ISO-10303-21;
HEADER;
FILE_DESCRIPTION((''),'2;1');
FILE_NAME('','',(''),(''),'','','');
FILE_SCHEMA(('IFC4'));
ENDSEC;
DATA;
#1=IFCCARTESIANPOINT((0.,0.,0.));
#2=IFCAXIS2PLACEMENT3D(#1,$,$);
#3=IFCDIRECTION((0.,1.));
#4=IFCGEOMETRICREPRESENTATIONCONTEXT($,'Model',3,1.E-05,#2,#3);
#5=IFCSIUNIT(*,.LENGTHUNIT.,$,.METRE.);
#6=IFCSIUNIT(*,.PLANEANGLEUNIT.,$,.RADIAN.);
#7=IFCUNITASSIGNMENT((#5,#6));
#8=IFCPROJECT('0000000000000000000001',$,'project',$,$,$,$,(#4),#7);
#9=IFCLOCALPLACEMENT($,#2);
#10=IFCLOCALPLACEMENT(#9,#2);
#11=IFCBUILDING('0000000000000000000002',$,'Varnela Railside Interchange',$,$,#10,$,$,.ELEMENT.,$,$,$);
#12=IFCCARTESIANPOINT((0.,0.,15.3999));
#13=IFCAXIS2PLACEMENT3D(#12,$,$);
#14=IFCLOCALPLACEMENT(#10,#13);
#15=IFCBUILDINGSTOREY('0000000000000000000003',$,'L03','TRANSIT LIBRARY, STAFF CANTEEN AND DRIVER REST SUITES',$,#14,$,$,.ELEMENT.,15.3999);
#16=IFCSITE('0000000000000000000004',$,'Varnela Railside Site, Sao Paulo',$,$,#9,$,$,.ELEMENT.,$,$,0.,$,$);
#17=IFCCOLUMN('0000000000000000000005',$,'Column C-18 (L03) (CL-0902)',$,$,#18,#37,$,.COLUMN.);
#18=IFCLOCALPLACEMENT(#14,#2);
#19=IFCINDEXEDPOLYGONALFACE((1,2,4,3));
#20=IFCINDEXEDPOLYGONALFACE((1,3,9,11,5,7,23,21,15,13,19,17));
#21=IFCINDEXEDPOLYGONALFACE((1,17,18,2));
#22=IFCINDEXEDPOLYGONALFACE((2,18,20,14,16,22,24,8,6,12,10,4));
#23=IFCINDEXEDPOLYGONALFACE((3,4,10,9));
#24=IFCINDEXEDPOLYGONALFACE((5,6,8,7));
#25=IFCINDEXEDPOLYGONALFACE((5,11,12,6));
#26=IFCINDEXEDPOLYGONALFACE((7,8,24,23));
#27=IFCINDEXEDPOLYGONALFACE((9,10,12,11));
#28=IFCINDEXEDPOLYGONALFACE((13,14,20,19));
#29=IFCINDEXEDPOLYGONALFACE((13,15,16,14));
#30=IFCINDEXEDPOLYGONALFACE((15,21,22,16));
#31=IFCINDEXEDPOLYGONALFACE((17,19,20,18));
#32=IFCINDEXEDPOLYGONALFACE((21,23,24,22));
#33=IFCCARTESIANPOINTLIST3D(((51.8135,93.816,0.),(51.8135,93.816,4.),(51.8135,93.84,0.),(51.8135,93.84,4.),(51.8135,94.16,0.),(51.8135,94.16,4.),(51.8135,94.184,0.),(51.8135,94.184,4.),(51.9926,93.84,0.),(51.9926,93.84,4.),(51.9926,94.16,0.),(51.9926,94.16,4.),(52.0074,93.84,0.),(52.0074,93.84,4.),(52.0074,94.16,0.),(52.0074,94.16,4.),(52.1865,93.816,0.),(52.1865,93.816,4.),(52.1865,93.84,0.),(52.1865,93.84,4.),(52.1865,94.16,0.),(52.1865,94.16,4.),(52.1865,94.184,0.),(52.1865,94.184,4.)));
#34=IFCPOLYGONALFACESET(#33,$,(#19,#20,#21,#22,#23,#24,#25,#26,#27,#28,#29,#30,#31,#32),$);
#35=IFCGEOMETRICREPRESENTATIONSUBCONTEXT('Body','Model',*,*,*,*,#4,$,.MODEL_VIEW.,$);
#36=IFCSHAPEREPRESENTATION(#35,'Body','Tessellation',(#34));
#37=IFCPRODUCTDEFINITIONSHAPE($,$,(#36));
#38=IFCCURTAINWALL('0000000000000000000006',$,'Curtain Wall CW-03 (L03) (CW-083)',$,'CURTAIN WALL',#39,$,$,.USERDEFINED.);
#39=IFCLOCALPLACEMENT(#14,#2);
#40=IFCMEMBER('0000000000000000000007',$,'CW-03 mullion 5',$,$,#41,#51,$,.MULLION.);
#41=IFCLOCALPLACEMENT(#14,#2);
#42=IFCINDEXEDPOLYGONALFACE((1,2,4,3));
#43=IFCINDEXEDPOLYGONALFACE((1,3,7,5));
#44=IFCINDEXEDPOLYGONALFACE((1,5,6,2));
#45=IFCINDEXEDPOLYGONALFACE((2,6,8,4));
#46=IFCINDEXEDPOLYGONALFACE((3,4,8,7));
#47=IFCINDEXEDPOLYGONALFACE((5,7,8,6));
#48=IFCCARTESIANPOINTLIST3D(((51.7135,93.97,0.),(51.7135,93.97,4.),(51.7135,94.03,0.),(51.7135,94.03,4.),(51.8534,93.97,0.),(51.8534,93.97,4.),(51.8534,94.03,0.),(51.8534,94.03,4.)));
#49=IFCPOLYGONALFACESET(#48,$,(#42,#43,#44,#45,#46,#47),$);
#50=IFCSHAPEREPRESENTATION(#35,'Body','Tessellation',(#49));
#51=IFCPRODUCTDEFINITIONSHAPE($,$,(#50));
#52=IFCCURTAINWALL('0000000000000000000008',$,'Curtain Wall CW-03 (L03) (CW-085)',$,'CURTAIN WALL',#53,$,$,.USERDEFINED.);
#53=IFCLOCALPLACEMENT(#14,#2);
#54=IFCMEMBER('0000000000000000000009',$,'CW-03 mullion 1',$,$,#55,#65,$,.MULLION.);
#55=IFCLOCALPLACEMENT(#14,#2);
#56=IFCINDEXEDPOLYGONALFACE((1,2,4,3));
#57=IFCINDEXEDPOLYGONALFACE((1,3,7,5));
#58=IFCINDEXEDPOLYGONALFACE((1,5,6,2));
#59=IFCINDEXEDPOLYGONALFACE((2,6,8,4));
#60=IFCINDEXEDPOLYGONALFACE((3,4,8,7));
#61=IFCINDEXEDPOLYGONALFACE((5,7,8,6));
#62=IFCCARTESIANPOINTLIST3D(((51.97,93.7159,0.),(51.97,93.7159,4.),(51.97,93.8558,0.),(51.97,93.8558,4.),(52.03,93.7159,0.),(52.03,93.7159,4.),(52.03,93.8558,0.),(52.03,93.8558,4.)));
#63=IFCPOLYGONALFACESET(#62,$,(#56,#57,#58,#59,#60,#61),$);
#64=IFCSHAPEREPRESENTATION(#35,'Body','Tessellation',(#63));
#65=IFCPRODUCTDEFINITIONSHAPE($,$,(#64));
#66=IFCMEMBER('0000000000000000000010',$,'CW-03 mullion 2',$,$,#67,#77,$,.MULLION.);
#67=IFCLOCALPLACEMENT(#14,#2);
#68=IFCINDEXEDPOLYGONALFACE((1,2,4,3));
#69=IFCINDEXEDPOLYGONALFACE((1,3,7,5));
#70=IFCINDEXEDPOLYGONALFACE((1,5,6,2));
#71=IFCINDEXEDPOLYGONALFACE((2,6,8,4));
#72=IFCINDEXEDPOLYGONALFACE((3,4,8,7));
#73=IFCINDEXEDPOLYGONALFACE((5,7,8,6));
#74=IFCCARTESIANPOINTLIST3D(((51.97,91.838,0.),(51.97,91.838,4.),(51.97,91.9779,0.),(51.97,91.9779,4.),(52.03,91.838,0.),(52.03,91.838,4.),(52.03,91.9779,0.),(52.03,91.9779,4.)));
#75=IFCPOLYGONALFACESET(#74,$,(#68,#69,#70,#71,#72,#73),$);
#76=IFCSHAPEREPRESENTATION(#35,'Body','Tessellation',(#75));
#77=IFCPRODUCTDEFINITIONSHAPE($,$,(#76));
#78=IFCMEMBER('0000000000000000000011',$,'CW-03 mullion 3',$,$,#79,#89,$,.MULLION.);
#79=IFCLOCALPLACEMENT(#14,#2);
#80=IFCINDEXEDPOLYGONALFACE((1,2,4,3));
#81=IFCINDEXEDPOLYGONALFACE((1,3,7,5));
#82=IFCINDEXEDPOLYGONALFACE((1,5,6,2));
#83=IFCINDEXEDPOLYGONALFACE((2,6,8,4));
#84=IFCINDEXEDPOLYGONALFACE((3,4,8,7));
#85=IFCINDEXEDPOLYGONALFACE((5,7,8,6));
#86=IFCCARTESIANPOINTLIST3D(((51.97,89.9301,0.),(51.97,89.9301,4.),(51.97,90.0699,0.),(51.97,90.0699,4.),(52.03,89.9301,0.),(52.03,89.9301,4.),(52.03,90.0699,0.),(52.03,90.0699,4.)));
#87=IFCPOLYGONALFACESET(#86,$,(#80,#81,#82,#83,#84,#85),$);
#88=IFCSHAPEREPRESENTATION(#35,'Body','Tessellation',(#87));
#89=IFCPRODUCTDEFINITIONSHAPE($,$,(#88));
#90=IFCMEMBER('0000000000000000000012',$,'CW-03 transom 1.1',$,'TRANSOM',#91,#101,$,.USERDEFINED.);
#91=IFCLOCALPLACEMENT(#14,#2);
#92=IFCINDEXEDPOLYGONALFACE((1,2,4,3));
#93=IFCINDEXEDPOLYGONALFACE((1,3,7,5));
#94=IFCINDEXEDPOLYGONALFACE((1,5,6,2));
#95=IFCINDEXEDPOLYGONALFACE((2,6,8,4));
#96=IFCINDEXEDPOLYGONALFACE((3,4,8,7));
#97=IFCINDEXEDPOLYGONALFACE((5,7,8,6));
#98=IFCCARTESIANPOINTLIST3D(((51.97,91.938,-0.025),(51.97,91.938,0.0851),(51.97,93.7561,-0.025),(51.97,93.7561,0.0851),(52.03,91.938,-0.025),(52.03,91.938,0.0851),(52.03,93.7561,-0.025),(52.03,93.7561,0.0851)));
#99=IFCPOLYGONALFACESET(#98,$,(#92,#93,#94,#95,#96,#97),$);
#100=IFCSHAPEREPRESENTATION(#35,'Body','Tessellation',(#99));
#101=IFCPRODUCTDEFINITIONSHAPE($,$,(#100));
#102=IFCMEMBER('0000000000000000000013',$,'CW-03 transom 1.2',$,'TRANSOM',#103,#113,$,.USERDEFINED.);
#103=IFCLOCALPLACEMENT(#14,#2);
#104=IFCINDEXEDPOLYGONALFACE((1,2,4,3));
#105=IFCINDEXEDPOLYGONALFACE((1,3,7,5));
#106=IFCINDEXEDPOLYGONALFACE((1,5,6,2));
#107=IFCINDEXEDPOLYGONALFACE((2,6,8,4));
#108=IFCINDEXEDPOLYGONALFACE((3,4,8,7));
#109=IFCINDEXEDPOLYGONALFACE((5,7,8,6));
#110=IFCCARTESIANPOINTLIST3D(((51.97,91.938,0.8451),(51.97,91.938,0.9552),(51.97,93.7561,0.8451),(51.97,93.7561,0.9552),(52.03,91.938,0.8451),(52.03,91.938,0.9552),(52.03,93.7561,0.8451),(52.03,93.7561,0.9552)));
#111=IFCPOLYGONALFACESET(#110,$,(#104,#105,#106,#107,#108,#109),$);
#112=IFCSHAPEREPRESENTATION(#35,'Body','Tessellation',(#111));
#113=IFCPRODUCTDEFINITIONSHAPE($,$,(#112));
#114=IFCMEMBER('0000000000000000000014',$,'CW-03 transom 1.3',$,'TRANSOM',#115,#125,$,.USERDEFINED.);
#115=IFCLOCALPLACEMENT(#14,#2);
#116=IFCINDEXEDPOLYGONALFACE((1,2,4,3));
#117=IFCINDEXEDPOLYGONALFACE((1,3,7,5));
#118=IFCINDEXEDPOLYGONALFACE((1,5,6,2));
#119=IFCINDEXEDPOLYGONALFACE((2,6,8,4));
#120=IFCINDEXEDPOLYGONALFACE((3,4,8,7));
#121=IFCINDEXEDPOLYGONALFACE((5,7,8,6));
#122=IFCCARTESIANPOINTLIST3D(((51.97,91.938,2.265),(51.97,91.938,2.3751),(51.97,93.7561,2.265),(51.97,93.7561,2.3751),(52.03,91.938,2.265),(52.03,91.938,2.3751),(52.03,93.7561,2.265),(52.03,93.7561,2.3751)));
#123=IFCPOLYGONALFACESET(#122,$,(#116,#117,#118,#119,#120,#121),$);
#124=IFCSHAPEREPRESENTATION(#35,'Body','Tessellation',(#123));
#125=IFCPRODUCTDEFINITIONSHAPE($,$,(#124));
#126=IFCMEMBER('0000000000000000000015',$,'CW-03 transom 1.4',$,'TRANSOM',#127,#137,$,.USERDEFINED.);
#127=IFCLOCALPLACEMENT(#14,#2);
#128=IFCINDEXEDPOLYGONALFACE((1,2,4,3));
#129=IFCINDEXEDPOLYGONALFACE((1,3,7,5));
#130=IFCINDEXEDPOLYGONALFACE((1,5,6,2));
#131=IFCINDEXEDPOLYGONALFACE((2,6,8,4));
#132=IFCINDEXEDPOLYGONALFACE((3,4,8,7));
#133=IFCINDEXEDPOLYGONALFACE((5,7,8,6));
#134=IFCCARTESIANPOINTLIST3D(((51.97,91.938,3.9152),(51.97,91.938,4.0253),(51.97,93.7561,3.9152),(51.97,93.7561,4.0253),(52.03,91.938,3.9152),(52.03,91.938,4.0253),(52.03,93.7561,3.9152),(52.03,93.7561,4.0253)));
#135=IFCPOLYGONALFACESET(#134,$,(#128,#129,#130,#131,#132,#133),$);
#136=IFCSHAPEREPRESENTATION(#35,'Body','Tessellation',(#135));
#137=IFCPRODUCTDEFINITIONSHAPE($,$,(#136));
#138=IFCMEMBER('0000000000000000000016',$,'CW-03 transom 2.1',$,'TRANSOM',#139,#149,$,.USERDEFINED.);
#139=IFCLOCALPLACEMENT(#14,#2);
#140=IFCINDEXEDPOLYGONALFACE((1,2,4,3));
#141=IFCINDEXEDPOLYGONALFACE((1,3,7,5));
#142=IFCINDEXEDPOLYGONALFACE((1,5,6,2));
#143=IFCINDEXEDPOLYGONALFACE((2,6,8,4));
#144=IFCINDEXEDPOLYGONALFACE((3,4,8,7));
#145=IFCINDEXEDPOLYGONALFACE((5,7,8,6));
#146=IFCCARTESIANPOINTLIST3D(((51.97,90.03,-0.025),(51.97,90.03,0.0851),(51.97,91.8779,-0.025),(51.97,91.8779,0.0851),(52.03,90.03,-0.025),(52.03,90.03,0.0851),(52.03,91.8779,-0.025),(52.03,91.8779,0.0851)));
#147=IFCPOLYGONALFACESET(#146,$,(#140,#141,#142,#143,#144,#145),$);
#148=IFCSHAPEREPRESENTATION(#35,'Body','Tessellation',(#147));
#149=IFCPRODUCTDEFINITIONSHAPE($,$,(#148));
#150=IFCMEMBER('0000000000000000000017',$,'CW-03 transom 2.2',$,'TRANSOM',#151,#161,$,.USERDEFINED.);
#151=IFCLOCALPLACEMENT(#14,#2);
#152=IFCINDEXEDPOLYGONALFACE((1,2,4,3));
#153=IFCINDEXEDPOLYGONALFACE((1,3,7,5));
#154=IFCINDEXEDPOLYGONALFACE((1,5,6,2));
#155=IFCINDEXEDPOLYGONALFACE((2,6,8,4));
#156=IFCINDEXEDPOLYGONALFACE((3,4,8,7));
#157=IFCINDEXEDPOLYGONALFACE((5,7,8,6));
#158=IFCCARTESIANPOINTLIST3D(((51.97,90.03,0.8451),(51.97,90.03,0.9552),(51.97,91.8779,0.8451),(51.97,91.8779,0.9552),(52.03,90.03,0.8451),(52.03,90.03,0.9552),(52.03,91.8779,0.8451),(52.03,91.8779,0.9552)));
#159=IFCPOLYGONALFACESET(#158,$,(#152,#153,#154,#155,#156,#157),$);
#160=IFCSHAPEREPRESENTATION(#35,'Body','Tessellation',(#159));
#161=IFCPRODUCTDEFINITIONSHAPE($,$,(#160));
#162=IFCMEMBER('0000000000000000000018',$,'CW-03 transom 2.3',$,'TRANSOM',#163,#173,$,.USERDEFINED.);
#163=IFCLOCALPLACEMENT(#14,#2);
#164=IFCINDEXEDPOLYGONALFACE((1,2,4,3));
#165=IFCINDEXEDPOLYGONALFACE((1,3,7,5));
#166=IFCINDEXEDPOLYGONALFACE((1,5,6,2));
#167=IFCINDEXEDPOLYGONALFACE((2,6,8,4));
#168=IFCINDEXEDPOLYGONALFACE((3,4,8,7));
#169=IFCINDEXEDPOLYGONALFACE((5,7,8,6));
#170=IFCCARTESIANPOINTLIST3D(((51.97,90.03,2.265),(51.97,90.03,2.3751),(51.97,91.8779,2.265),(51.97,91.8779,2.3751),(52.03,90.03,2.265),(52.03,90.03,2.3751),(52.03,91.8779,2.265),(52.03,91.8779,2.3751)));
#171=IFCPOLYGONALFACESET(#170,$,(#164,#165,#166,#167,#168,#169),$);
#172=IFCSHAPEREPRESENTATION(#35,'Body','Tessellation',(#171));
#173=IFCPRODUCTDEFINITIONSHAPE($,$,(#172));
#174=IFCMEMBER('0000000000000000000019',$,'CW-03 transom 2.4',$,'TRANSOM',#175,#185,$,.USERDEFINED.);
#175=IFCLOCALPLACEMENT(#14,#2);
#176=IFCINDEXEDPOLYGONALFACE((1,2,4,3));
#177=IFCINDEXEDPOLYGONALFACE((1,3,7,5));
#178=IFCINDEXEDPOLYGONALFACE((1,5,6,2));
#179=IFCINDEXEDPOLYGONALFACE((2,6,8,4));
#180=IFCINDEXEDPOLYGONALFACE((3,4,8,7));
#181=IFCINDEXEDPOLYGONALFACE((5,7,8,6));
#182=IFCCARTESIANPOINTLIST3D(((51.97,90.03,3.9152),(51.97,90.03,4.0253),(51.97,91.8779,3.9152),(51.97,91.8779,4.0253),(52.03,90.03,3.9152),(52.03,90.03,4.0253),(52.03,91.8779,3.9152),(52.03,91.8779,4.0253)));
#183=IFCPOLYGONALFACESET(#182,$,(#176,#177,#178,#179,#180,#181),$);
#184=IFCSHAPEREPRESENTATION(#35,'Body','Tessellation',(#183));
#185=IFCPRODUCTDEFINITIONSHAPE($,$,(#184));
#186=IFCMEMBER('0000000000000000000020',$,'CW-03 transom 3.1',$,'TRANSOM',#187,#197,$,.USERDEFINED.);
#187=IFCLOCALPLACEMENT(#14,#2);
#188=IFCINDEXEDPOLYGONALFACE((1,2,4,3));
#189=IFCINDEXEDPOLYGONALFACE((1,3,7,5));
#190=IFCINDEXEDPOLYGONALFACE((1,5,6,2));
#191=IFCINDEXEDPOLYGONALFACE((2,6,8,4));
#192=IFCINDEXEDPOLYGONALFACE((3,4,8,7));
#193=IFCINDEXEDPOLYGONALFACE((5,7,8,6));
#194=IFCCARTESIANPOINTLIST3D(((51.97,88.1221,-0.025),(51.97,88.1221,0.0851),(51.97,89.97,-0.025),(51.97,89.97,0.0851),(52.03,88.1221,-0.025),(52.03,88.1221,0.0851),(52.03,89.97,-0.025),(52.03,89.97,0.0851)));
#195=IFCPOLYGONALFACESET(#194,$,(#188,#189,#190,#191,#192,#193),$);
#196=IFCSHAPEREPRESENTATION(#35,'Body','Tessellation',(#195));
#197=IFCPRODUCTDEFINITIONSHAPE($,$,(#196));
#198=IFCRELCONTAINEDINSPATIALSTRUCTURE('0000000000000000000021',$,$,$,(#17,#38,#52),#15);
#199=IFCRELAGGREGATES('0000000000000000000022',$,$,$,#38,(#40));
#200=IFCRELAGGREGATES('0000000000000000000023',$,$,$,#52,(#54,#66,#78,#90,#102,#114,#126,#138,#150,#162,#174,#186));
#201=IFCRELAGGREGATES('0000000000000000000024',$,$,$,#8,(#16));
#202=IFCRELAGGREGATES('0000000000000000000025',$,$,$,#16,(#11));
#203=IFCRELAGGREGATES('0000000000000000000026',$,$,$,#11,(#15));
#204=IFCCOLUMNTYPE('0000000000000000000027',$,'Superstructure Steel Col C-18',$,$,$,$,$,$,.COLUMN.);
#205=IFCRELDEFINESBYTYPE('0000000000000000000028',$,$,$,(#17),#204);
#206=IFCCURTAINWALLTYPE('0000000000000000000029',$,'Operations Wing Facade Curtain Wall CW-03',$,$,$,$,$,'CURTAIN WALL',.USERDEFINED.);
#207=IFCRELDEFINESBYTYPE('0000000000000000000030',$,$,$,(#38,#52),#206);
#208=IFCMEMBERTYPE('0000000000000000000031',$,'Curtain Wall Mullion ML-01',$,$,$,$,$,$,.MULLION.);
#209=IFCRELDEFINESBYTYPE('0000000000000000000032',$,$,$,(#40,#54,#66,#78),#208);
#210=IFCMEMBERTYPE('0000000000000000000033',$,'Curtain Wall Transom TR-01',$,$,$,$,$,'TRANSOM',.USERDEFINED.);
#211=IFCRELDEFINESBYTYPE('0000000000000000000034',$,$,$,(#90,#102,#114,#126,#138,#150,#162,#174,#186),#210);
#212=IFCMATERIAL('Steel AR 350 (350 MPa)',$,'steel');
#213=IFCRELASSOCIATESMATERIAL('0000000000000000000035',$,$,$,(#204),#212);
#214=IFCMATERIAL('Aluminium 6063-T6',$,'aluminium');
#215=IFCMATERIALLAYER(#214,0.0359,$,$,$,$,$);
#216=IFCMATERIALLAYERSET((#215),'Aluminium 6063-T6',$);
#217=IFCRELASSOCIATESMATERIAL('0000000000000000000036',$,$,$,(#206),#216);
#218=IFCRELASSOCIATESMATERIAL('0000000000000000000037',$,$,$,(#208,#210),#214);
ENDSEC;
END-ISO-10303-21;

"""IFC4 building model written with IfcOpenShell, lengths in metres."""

from ifc_helpers import new_model, si_unit, direction, frame, origin, origin_2d, place, context, subcontext, project, spatial, rectangle, i_section, extrude, material, layer, layer_set, material_profile, profile_set, type_object, element, aggregate, save


model = new_model("IFC4")

# Units and contexts
model_context = context("Model", 3, precision=1e-05, world=origin(), true_north=direction((0.0, 1.0)))
body_context = subcontext(model_context, "Body", "Model", "MODEL_VIEW")
ifc_project = project(units=[si_unit("LENGTHUNIT", "METRE"), si_unit("PLANEANGLEUNIT", "RADIAN")], contexts=[model_context])

# Site, building, storey
site_placement = place(None, origin())
site = spatial("IfcSite", under=ifc_project, at=site_placement, Name="Varnela Railside Site, Sao Paulo", CompositionType="ELEMENT", RefElevation=0.0)
building_placement = place(site_placement, origin())
building = spatial("IfcBuilding", under=site, at=building_placement, Name="Varnela Railside Interchange", CompositionType="ELEMENT")
storey_placement = place(building_placement, frame((0.0, 0.0, 15.3999)))
storey = spatial("IfcBuildingStorey", under=building, at=storey_placement, Name="L03", Description="TRANSIT LIBRARY, STAFF CANTEEN AND DRIVER REST SUITES", CompositionType="ELEMENT", Elevation=15.3999)

# Column
ifc_material_1 = material(Name="Steel AR 350 (350 MPa)", Category="steel")
ifc_material_profile_1 = material_profile(ifc_material_1, i_section(OverallWidth=0.373, OverallDepth=0.3679, WebThickness=0.0149, FlangeThickness=0.0239, at=origin_2d()), Name="W360x179")
ifc_profile_set_1 = profile_set([ifc_material_profile_1], Name="Steel AR 350 (350 MPa)")
column_type = type_object("IfcColumnType", Name="Superstructure Steel Col C-18", PredefinedType="COLUMN", material=ifc_profile_set_1)
column_placement = place(storey_placement, frame((52.0, 94.0, 0.0), z_axis=(0.0, 0.0, 1.0), x_axis=(1.0, 0.0, 0.0)))
element("IfcColumn", 1, at=column_placement, inside=storey, type_object=column_type, Name="Column C-18 (L03) (CL-0902)", PredefinedType="COLUMN", context=body_context, shape_type="SweptSolid", body=[
    extrude(i_section(OverallWidth=0.373, OverallDepth=0.3679, WebThickness=0.0149, FlangeThickness=0.0239, at=origin_2d()), origin(), (0.0, 0.0, 1.0), 4.0),
])

# Curtain wall, member
ifc_material_2 = material(Name="Aluminium 6063-T6", Category="aluminium")
ifc_layer_1 = layer(ifc_material_2, 0.0359)
ifc_layer_set_1 = layer_set([ifc_layer_1], Name="Aluminium 6063-T6")
curtain_wall_type = type_object("IfcCurtainWallType", Name="Operations Wing Facade Curtain Wall CW-03", ElementType="CURTAIN WALL", PredefinedType="USERDEFINED", material=ifc_layer_set_1)
curtain_wall_1_placement = place(storey_placement, origin())
curtain_wall_1 = element("IfcCurtainWall", 2, at=curtain_wall_1_placement, inside=storey, type_object=curtain_wall_type, Name="Curtain Wall CW-03 (L03) (CW-083)", ObjectType="CURTAIN WALL", PredefinedType="USERDEFINED")
ifc_material_profile_2 = material_profile(ifc_material_2, rectangle(XDim=0.0601, YDim=0.1399, at=origin_2d()), Name="ALU 60x140")
ifc_profile_set_2 = profile_set([ifc_material_profile_2], Name="Aluminium 6063-T6")
member_type_1 = type_object("IfcMemberType", Name="Curtain Wall Mullion ML-01", PredefinedType="MULLION", material=ifc_profile_set_2)
member_1_placement = place(storey_placement, frame((51.7834, 94.0, 0.0), z_axis=(0.0, 0.0, 1.0), x_axis=(0.0, 1.0, 0.0)))
member_1 = element("IfcMember", 3, at=member_1_placement, type_object=member_type_1, Name="CW-03 mullion 5", PredefinedType="MULLION", context=body_context, shape_type="SweptSolid", body=[
    extrude(rectangle(XDim=0.0601, YDim=0.1399, at=origin_2d()), origin(), (0.0, 0.0, 1.0), 4.0),
])
aggregate(curtain_wall_1, [member_1])

# Curtain wall, members
curtain_wall_2_placement = place(storey_placement, origin())
curtain_wall_2 = element("IfcCurtainWall", 4, at=curtain_wall_2_placement, inside=storey, type_object=curtain_wall_type, Name="Curtain Wall CW-03 (L03) (CW-085)", ObjectType="CURTAIN WALL", PredefinedType="USERDEFINED")
member_2_placement = place(storey_placement, frame((52.0, 93.7859, 0.0), z_axis=(0.0, 0.0, 1.0), x_axis=(1.0, 0.0, 0.0)))
member_2 = element("IfcMember", 5, at=member_2_placement, type_object=member_type_1, Name="CW-03 mullion 1", PredefinedType="MULLION", context=body_context, shape_type="SweptSolid", body=[
    extrude(rectangle(XDim=0.0601, YDim=0.1399, at=origin_2d()), origin(), (0.0, 0.0, 1.0), 4.0),
])
member_3_placement = place(storey_placement, frame((52.0, 91.908, 0.0), z_axis=(0.0, 0.0, 1.0), x_axis=(1.0, 0.0, 0.0)))
member_3 = element("IfcMember", 6, at=member_3_placement, type_object=member_type_1, Name="CW-03 mullion 2", PredefinedType="MULLION", context=body_context, shape_type="SweptSolid", body=[
    extrude(rectangle(XDim=0.0601, YDim=0.1399, at=origin_2d()), origin(), (0.0, 0.0, 1.0), 4.0),
])
member_4_placement = place(storey_placement, frame((52.0, 90.0, 0.0), z_axis=(0.0, 0.0, 1.0), x_axis=(1.0, 0.0, 0.0)))
member_4 = element("IfcMember", 7, at=member_4_placement, type_object=member_type_1, Name="CW-03 mullion 3", PredefinedType="MULLION", context=body_context, shape_type="SweptSolid", body=[
    extrude(rectangle(XDim=0.0601, YDim=0.1399, at=origin_2d()), origin(), (0.0, 0.0, 1.0), 4.0),
])
ifc_material_profile_3 = material_profile(ifc_material_2, rectangle(XDim=0.0601, YDim=0.1101, at=origin_2d()), Name="ALU 60x110")
ifc_profile_set_3 = profile_set([ifc_material_profile_3], Name="Aluminium 6063-T6")
member_type_2 = type_object("IfcMemberType", Name="Curtain Wall Transom TR-01", ElementType="TRANSOM", PredefinedType="USERDEFINED", material=ifc_profile_set_3)
member_5_placement = place(storey_placement, frame((52.0, 93.7561, 0.03), z_axis=(0.0, -1.0, 0.0), x_axis=(1.0, 0.0, 0.0)))
member_5 = element("IfcMember", 8, at=member_5_placement, type_object=member_type_2, Name="CW-03 transom 1.1", ObjectType="TRANSOM", PredefinedType="USERDEFINED", context=body_context, shape_type="SweptSolid", body=[
    extrude(rectangle(XDim=0.0601, YDim=0.1101, at=origin_2d()), origin(), (0.0, 0.0, 1.0), 1.8181),
])
member_6_placement = place(storey_placement, frame((52.0, 93.7561, 0.9001), z_axis=(0.0, -1.0, 0.0), x_axis=(1.0, 0.0, 0.0)))
member_6 = element("IfcMember", 9, at=member_6_placement, type_object=member_type_2, Name="CW-03 transom 1.2", ObjectType="TRANSOM", PredefinedType="USERDEFINED", context=body_context, shape_type="SweptSolid", body=[
    extrude(rectangle(XDim=0.0601, YDim=0.1101, at=origin_2d()), origin(), (0.0, 0.0, 1.0), 1.8181),
])
member_7_placement = place(storey_placement, frame((52.0, 93.7561, 2.3201), z_axis=(0.0, -1.0, 0.0), x_axis=(1.0, 0.0, 0.0)))
member_7 = element("IfcMember", 10, at=member_7_placement, type_object=member_type_2, Name="CW-03 transom 1.3", ObjectType="TRANSOM", PredefinedType="USERDEFINED", context=body_context, shape_type="SweptSolid", body=[
    extrude(rectangle(XDim=0.0601, YDim=0.1101, at=origin_2d()), origin(), (0.0, 0.0, 1.0), 1.8181),
])
member_8_placement = place(storey_placement, frame((52.0, 93.7561, 3.9702), z_axis=(0.0, -1.0, 0.0), x_axis=(1.0, 0.0, 0.0)))
member_8 = element("IfcMember", 11, at=member_8_placement, type_object=member_type_2, Name="CW-03 transom 1.4", ObjectType="TRANSOM", PredefinedType="USERDEFINED", context=body_context, shape_type="SweptSolid", body=[
    extrude(rectangle(XDim=0.0601, YDim=0.1101, at=origin_2d()), origin(), (0.0, 0.0, 1.0), 1.8181),
])
member_9_placement = place(storey_placement, frame((52.0, 91.8779, 0.03), z_axis=(0.0, -1.0, 0.0), x_axis=(1.0, 0.0, 0.0)))
member_9 = element("IfcMember", 12, at=member_9_placement, type_object=member_type_2, Name="CW-03 transom 2.1", ObjectType="TRANSOM", PredefinedType="USERDEFINED", context=body_context, shape_type="SweptSolid", body=[
    extrude(rectangle(XDim=0.0601, YDim=0.1101, at=origin_2d()), origin(), (0.0, 0.0, 1.0), 1.8479),
])
member_10_placement = place(storey_placement, frame((52.0, 91.8779, 0.9001), z_axis=(0.0, -1.0, 0.0), x_axis=(1.0, 0.0, 0.0)))
member_10 = element("IfcMember", 13, at=member_10_placement, type_object=member_type_2, Name="CW-03 transom 2.2", ObjectType="TRANSOM", PredefinedType="USERDEFINED", context=body_context, shape_type="SweptSolid", body=[
    extrude(rectangle(XDim=0.0601, YDim=0.1101, at=origin_2d()), origin(), (0.0, 0.0, 1.0), 1.8479),
])
member_11_placement = place(storey_placement, frame((52.0, 91.8779, 2.3201), z_axis=(0.0, -1.0, 0.0), x_axis=(1.0, 0.0, 0.0)))
member_11 = element("IfcMember", 14, at=member_11_placement, type_object=member_type_2, Name="CW-03 transom 2.3", ObjectType="TRANSOM", PredefinedType="USERDEFINED", context=body_context, shape_type="SweptSolid", body=[
    extrude(rectangle(XDim=0.0601, YDim=0.1101, at=origin_2d()), origin(), (0.0, 0.0, 1.0), 1.8479),
])
member_12_placement = place(storey_placement, frame((52.0, 91.8779, 3.9702), z_axis=(0.0, -1.0, 0.0), x_axis=(1.0, 0.0, 0.0)))
member_12 = element("IfcMember", 15, at=member_12_placement, type_object=member_type_2, Name="CW-03 transom 2.4", ObjectType="TRANSOM", PredefinedType="USERDEFINED", context=body_context, shape_type="SweptSolid", body=[
    extrude(rectangle(XDim=0.0601, YDim=0.1101, at=origin_2d()), origin(), (0.0, 0.0, 1.0), 1.8479),
])
member_13_placement = place(storey_placement, frame((52.0, 89.97, 0.03), z_axis=(0.0, -1.0, 0.0), x_axis=(1.0, 0.0, 0.0)))
member_13 = element("IfcMember", 16, at=member_13_placement, type_object=member_type_2, Name="CW-03 transom 3.1", ObjectType="TRANSOM", PredefinedType="USERDEFINED", context=body_context, shape_type="SweptSolid", body=[
    extrude(rectangle(XDim=0.0601, YDim=0.1101, at=origin_2d()), origin(), (0.0, 0.0, 1.0), 1.8479),
])
aggregate(curtain_wall_2, [member_2, member_3, member_4, member_5, member_6, member_7, member_8, member_9, member_10, member_11, member_12, member_13])

save(model, "model.ifc")
